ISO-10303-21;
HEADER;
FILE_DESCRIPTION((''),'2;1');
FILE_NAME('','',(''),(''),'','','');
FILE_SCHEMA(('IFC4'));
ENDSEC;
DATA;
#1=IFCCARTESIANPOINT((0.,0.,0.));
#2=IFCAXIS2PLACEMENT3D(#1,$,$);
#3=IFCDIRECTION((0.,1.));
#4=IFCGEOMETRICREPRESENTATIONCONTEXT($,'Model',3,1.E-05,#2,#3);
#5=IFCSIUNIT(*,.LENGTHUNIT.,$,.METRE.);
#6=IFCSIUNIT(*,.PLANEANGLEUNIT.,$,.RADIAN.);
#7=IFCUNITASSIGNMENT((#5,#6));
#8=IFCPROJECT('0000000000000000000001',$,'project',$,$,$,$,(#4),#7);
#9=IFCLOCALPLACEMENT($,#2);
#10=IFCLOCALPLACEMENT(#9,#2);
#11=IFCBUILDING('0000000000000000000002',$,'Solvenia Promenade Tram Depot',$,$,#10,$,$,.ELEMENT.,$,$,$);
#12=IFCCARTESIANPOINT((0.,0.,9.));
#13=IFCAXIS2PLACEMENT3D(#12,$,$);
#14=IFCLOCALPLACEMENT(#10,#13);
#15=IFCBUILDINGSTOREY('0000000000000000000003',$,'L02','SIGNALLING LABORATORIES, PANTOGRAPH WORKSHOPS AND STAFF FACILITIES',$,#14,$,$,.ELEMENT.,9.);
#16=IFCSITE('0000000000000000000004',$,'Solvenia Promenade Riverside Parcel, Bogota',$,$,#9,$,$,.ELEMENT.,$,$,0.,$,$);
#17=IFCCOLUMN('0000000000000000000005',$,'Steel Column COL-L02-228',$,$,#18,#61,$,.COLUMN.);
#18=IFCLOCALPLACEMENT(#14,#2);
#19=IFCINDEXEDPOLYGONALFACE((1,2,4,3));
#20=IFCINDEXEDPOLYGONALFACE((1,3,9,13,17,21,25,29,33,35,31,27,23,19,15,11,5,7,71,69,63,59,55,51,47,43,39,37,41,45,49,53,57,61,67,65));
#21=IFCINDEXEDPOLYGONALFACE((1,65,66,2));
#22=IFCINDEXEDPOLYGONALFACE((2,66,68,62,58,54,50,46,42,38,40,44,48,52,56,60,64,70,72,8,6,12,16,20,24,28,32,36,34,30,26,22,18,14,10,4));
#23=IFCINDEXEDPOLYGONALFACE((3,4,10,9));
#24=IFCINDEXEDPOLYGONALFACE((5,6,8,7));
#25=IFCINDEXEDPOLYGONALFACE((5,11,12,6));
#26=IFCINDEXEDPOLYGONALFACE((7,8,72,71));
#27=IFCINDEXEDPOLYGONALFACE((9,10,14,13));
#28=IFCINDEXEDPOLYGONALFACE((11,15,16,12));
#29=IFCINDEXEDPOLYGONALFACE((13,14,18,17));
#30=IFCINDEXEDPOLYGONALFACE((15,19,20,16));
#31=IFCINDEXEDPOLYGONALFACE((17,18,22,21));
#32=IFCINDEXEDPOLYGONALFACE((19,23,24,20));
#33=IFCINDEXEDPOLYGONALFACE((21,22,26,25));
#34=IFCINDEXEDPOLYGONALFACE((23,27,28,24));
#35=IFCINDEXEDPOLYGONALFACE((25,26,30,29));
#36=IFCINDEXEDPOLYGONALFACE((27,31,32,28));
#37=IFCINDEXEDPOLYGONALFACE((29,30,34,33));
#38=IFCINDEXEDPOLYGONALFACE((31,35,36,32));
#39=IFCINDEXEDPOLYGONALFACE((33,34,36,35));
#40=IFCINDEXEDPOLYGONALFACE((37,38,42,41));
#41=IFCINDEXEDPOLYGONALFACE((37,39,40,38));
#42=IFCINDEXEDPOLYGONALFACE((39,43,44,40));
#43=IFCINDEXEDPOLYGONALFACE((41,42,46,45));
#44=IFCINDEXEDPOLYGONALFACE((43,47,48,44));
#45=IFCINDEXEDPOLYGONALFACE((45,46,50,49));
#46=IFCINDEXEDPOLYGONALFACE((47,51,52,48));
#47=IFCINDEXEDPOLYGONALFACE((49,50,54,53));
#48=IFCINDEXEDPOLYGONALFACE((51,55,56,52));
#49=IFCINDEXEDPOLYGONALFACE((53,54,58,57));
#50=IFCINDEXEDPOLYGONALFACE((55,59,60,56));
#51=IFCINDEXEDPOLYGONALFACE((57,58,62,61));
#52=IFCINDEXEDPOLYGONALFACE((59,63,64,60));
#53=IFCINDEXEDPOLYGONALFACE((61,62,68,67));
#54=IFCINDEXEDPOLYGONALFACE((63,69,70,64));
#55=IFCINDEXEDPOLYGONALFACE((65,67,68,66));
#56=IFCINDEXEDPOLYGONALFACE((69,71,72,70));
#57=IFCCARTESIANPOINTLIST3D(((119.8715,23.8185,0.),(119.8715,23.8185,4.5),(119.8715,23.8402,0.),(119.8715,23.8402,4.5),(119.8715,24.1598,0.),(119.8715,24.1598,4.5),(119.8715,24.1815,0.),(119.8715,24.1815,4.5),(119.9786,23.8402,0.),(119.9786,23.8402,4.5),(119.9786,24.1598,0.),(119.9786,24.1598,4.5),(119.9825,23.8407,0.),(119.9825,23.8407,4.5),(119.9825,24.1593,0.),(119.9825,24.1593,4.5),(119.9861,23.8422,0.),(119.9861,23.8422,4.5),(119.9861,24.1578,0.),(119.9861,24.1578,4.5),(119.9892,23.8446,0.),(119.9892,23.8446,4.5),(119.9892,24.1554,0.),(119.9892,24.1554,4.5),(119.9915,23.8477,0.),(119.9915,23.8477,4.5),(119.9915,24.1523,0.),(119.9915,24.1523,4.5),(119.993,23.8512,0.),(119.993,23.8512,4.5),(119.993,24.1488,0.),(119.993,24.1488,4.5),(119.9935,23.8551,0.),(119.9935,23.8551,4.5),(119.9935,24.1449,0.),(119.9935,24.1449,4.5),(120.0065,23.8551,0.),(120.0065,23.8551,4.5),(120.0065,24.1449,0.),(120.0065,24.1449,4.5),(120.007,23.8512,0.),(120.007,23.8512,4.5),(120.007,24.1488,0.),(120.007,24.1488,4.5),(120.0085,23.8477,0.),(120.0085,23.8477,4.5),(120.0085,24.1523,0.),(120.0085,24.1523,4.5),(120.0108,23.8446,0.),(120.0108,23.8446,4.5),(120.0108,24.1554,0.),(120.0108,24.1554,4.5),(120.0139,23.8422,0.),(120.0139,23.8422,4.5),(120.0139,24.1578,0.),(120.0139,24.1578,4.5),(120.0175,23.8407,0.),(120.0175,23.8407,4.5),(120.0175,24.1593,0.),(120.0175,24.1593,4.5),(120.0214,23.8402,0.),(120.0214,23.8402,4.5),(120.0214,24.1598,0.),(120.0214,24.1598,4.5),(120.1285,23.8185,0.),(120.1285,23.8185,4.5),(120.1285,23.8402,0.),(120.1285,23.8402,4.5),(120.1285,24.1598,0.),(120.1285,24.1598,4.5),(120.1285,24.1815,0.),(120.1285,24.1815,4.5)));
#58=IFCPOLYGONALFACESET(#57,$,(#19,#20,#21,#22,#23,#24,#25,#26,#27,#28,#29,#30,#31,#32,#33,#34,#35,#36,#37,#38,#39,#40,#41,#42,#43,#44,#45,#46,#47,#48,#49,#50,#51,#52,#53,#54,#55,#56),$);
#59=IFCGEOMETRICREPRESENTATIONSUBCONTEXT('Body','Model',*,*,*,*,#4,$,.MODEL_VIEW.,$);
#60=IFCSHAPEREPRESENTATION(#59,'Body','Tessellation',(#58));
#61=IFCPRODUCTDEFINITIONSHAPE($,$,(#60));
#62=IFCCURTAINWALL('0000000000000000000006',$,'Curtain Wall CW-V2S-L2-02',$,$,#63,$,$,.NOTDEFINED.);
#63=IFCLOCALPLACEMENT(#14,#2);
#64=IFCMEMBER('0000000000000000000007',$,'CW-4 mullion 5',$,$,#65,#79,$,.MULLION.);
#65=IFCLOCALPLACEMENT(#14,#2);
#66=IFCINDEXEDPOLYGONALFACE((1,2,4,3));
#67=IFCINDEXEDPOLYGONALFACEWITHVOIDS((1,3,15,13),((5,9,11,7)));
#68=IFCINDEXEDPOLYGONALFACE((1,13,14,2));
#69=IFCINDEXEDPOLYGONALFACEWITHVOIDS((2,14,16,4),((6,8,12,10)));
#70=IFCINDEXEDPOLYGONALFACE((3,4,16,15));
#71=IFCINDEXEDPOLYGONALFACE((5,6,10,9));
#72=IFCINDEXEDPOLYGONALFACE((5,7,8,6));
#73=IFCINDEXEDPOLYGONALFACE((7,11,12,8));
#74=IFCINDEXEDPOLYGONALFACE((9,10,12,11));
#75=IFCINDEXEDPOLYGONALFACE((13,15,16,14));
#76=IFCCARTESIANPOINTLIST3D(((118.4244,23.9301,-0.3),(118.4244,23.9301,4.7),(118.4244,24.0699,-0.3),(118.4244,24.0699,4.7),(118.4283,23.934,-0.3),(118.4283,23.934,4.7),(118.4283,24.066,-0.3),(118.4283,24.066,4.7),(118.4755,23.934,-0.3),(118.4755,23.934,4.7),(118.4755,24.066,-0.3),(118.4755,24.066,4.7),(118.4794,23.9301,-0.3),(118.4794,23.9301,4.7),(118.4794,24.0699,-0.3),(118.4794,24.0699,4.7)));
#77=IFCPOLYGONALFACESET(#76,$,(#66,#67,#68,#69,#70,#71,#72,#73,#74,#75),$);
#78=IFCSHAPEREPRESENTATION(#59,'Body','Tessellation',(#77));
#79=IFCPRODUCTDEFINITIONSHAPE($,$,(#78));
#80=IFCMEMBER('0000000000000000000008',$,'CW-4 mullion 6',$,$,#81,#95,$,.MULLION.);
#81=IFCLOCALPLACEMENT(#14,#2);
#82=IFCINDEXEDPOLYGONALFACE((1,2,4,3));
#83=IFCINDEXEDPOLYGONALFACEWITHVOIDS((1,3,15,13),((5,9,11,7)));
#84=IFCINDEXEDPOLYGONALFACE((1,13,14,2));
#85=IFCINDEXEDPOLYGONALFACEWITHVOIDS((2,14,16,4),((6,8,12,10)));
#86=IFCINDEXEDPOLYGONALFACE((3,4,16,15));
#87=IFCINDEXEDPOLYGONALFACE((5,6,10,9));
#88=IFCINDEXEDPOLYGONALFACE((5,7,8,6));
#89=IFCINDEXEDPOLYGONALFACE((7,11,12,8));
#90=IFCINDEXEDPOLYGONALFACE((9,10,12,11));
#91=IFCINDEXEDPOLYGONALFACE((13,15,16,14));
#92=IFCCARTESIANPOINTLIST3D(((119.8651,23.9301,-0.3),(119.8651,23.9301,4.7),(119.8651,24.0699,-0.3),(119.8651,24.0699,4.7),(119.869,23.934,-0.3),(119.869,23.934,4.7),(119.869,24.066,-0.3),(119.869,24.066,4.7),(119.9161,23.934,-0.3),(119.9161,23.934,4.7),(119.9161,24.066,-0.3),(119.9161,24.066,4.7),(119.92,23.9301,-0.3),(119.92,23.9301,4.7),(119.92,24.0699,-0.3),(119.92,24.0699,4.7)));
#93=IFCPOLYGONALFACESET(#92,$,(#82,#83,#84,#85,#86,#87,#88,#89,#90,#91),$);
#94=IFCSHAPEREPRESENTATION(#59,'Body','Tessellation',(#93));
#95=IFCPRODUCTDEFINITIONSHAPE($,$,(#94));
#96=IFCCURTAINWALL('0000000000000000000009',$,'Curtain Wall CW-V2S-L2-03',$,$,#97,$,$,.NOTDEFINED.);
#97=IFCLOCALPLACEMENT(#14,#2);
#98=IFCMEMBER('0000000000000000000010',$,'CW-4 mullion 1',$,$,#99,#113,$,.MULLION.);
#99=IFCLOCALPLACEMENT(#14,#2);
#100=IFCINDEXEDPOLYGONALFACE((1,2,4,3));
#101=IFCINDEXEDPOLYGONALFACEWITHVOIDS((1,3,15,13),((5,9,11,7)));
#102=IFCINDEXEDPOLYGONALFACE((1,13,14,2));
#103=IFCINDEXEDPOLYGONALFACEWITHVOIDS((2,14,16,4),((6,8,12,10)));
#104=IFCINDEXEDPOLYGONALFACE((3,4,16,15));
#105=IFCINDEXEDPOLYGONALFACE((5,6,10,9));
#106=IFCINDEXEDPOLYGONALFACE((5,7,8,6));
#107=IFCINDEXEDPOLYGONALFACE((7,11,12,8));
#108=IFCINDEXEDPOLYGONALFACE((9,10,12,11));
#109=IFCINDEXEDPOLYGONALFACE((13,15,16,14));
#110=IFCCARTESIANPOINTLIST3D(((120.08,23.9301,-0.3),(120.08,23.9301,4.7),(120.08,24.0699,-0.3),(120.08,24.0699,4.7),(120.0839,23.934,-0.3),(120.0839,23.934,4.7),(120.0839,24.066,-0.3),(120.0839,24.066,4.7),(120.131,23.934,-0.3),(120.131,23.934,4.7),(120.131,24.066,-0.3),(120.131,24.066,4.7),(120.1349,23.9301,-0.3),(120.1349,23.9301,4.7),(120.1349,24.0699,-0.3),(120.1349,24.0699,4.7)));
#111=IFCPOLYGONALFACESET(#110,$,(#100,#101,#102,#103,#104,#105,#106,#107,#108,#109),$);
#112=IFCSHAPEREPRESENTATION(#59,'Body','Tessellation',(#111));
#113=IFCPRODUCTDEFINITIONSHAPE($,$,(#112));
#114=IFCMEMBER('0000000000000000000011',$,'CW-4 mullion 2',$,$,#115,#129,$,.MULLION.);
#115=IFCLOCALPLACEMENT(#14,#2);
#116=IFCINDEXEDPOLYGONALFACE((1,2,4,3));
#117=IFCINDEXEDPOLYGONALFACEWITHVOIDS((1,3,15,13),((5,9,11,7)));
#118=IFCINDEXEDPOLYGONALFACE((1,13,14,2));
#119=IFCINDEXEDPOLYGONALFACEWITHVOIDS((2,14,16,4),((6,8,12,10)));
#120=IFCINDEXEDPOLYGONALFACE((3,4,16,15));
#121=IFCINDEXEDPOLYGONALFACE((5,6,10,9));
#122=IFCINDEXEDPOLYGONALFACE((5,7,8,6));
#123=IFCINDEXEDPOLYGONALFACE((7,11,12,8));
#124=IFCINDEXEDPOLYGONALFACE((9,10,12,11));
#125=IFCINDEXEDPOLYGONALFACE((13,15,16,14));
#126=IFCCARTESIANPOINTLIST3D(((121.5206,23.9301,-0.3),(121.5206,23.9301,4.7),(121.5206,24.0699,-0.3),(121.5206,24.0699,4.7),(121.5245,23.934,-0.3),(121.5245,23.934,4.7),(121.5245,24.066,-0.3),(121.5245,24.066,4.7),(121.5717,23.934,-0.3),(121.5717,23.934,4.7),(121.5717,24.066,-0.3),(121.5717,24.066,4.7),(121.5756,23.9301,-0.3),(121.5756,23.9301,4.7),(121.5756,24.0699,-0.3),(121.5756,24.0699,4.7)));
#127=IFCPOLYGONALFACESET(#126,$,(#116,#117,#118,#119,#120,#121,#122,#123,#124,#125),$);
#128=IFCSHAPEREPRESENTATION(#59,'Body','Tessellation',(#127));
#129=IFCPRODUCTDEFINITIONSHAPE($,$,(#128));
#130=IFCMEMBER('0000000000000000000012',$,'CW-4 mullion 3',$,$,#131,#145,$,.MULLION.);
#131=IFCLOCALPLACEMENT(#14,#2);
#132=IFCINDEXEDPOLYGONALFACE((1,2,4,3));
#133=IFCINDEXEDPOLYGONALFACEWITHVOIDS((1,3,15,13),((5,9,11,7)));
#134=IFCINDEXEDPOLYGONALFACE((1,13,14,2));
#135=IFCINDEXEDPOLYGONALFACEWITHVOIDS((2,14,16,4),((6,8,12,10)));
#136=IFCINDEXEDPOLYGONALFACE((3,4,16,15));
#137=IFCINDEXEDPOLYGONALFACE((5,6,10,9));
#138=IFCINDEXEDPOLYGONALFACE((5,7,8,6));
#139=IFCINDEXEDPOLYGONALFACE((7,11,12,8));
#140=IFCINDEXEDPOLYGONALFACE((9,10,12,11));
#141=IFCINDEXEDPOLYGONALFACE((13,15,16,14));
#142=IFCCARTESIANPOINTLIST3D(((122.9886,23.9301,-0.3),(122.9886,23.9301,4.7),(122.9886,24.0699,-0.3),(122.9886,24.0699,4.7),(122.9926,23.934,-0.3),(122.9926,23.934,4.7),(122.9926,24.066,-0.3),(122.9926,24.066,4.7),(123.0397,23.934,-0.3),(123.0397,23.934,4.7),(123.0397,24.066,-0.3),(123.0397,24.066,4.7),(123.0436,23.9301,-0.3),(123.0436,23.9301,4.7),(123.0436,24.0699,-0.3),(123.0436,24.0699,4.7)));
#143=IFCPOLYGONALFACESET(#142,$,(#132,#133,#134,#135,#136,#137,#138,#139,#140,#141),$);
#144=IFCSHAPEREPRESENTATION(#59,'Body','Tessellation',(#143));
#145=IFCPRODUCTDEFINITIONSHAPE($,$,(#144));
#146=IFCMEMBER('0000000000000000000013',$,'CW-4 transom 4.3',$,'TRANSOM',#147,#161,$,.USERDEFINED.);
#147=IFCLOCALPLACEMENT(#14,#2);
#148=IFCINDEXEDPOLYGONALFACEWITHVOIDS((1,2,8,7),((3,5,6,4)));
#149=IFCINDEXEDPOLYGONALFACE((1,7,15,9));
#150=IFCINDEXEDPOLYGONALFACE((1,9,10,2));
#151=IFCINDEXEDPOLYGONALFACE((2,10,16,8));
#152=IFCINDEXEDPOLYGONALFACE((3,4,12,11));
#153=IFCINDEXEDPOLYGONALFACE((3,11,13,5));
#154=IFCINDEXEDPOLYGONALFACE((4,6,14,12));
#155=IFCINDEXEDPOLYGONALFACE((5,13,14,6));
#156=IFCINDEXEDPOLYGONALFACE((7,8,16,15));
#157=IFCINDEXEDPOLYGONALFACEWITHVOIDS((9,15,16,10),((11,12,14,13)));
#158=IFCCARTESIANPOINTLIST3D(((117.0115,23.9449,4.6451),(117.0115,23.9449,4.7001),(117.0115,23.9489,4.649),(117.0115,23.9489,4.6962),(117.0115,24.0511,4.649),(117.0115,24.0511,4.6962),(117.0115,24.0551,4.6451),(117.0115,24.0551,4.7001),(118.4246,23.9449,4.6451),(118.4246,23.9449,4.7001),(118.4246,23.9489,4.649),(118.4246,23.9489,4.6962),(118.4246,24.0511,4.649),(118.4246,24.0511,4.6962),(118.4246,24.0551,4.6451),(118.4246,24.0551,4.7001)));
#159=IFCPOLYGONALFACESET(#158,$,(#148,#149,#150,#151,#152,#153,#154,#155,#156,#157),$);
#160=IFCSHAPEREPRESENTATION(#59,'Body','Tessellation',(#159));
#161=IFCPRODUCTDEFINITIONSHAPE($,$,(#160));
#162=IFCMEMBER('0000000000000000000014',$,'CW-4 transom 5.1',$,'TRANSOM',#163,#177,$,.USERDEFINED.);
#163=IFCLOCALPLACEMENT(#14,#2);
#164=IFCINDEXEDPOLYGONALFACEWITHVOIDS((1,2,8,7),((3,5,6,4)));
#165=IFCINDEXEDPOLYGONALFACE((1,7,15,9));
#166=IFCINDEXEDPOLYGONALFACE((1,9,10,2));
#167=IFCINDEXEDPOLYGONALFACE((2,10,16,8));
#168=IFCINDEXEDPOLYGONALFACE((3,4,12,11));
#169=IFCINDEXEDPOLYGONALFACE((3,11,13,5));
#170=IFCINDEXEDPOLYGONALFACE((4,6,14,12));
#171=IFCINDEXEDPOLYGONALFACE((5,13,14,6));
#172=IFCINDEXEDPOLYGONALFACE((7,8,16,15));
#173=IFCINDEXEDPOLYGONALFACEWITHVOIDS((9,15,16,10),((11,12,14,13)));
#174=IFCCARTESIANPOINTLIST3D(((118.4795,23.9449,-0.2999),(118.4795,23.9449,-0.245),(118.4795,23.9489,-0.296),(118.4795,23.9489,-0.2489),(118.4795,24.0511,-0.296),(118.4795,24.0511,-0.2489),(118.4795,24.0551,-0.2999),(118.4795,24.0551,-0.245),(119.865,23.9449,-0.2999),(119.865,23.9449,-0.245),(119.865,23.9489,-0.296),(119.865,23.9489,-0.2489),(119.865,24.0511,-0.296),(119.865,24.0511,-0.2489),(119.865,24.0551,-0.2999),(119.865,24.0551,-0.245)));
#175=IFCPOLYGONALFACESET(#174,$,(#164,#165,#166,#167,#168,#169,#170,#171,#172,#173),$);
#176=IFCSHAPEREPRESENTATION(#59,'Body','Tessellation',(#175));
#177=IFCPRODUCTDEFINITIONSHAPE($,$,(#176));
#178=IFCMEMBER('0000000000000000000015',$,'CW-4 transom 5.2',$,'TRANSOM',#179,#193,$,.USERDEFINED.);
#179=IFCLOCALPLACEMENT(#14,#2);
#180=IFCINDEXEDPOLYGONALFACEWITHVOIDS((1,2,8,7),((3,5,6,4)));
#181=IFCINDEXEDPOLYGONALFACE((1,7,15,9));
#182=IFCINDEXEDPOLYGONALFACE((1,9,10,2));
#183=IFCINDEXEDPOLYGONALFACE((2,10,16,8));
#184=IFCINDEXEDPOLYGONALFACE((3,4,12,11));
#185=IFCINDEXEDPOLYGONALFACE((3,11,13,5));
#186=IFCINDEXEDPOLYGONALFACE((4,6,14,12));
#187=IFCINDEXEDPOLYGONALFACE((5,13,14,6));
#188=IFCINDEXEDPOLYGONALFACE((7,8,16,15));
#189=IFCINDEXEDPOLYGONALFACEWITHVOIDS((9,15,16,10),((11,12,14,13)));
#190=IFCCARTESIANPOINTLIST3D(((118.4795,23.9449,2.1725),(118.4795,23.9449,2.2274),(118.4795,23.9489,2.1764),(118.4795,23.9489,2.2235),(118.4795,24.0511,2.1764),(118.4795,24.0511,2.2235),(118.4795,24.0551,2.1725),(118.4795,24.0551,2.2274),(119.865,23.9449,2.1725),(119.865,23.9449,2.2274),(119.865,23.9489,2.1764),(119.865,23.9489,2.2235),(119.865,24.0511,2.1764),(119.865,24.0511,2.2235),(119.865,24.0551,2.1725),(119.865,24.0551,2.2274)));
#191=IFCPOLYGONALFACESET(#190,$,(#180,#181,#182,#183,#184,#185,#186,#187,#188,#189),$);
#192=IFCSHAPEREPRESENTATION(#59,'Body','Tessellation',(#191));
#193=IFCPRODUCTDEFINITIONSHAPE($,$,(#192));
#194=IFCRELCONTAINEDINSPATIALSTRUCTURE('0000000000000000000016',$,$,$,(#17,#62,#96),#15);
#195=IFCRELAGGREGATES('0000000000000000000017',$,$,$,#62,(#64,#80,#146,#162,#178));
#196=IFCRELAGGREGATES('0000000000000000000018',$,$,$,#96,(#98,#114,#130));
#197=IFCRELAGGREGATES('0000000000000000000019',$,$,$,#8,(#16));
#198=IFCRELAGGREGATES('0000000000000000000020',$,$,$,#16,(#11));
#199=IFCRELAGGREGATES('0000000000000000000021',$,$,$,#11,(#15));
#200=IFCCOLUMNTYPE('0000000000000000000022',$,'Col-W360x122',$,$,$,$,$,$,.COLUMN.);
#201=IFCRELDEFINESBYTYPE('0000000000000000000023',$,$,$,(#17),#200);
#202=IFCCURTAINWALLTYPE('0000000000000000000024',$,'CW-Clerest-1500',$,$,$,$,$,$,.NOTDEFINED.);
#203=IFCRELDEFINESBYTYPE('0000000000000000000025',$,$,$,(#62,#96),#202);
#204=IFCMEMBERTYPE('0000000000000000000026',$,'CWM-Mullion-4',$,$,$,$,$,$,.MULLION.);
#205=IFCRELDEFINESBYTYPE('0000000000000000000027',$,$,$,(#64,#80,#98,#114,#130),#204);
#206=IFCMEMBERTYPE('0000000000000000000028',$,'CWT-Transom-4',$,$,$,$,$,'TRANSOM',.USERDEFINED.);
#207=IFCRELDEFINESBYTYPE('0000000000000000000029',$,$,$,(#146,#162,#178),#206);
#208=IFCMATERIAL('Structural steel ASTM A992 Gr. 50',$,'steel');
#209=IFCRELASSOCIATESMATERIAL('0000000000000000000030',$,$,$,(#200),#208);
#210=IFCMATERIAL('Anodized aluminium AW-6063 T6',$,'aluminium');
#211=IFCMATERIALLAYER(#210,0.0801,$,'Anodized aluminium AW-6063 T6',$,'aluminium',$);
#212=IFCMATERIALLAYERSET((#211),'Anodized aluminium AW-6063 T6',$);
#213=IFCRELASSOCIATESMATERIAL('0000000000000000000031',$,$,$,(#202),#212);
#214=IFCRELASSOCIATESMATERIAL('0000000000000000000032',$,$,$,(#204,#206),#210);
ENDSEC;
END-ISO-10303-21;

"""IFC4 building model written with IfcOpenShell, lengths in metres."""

from ifc_helpers import new_model, si_unit, direction, frame, origin, origin_2d, place, context, subcontext, project, spatial, hollow_rectangle, i_section, extrude, material, layer, layer_set, material_profile, profile_set, type_object, element, aggregate, save


model = new_model("IFC4")

# Units and contexts
model_context = context("Model", 3, precision=1e-05, world=origin(), true_north=direction((0.0, 1.0)))
body_context = subcontext(model_context, "Body", "Model", "MODEL_VIEW")
ifc_project = project(units=[si_unit("LENGTHUNIT", "METRE"), si_unit("PLANEANGLEUNIT", "RADIAN")], contexts=[model_context])

# Site, building, storey
site_placement = place(None, origin())
site = spatial("IfcSite", under=ifc_project, at=site_placement, Name="Solvenia Promenade Riverside Parcel, Bogota", CompositionType="ELEMENT", RefElevation=0.0)
building_placement = place(site_placement, origin())
building = spatial("IfcBuilding", under=site, at=building_placement, Name="Solvenia Promenade Tram Depot", CompositionType="ELEMENT")
storey_placement = place(building_placement, frame((0.0, 0.0, 9.0)))
storey = spatial("IfcBuildingStorey", under=building, at=storey_placement, Name="L02", Description="SIGNALLING LABORATORIES, PANTOGRAPH WORKSHOPS AND STAFF FACILITIES", CompositionType="ELEMENT", Elevation=9.0)

# Column
ifc_material_1 = material(Name="Structural steel ASTM A992 Gr. 50", Category="steel")
ifc_material_profile_1 = material_profile(ifc_material_1, i_section(OverallWidth=0.2571, OverallDepth=0.363, WebThickness=0.0129, FlangeThickness=0.0217, FilletRadius=0.0149, at=origin_2d()), Name="W360x122", Category="steel")
ifc_profile_set_1 = profile_set([ifc_material_profile_1], Name="Structural steel ASTM A992 Gr. 50")
column_type = type_object("IfcColumnType", Name="Col-W360x122", PredefinedType="COLUMN", material=ifc_profile_set_1)
column_placement = place(storey_placement, frame((120.0, 24.0, 0.0), z_axis=(0.0, 0.0, 1.0), x_axis=(1.0, 0.0, 0.0)))
element("IfcColumn", 1, at=column_placement, inside=storey, type_object=column_type, Name="Steel Column COL-L02-228", PredefinedType="COLUMN", context=body_context, shape_type="SweptSolid", body=[
    extrude(i_section(OverallWidth=0.2571, OverallDepth=0.363, WebThickness=0.0129, FlangeThickness=0.0217, FilletRadius=0.0149, at=origin_2d()), origin(), (0.0, 0.0, 1.0), 4.5),
])

# Curtain walls, members
ifc_material_2 = material(Name="Anodized aluminium AW-6063 T6", Category="aluminium")
ifc_layer_1 = layer(ifc_material_2, 0.0801, Name="Anodized aluminium AW-6063 T6", Category="aluminium")
ifc_layer_set_1 = layer_set([ifc_layer_1], Name="Anodized aluminium AW-6063 T6")
curtain_wall_type = type_object("IfcCurtainWallType", Name="CW-Clerest-1500", PredefinedType="NOTDEFINED", material=ifc_layer_set_1)
curtain_wall_1_placement = place(storey_placement, origin())
curtain_wall_1 = element("IfcCurtainWall", 2, at=curtain_wall_1_placement, inside=storey, type_object=curtain_wall_type, Name="Curtain Wall CW-V2S-L2-02", PredefinedType="NOTDEFINED")
ifc_material_profile_2 = material_profile(ifc_material_2, hollow_rectangle(XDim=0.1399, YDim=0.0549, WallThickness=0.0039, at=origin_2d()), Name="ALU-M4", Category="aluminium")
ifc_profile_set_2 = profile_set([ifc_material_profile_2], Name="Anodized aluminium AW-6063 T6")
member_type_1 = type_object("IfcMemberType", Name="CWM-Mullion-4", PredefinedType="MULLION", material=ifc_profile_set_2)
member_1_placement = place(storey_placement, frame((118.4519, 24.0, -0.3), z_axis=(0.0, 0.0, 1.0), x_axis=(0.0, 1.0, 0.0)))
member_1 = element("IfcMember", 3, at=member_1_placement, type_object=member_type_1, Name="CW-4 mullion 5", PredefinedType="MULLION", context=body_context, shape_type="SweptSolid", body=[
    extrude(hollow_rectangle(XDim=0.1399, YDim=0.0549, WallThickness=0.0039, at=origin_2d()), origin(), (0.0, 0.0, 1.0), 5.0),
])
member_2_placement = place(storey_placement, frame((119.8926, 24.0, -0.3), z_axis=(0.0, 0.0, 1.0), x_axis=(0.0, 1.0, 0.0)))
member_2 = element("IfcMember", 4, at=member_2_placement, type_object=member_type_1, Name="CW-4 mullion 6", PredefinedType="MULLION", context=body_context, shape_type="SweptSolid", body=[
    extrude(hollow_rectangle(XDim=0.1399, YDim=0.0549, WallThickness=0.0039, at=origin_2d()), origin(), (0.0, 0.0, 1.0), 5.0),
])
curtain_wall_2_placement = place(storey_placement, origin())
curtain_wall_2 = element("IfcCurtainWall", 5, at=curtain_wall_2_placement, inside=storey, type_object=curtain_wall_type, Name="Curtain Wall CW-V2S-L2-03", PredefinedType="NOTDEFINED")
member_3_placement = place(storey_placement, frame((120.1074, 24.0, -0.3), z_axis=(0.0, 0.0, 1.0), x_axis=(0.0, 1.0, 0.0)))
member_3 = element("IfcMember", 6, at=member_3_placement, type_object=member_type_1, Name="CW-4 mullion 1", PredefinedType="MULLION", context=body_context, shape_type="SweptSolid", body=[
    extrude(hollow_rectangle(XDim=0.1399, YDim=0.0549, WallThickness=0.0039, at=origin_2d()), origin(), (0.0, 0.0, 1.0), 5.0),
])
member_4_placement = place(storey_placement, frame((121.5481, 24.0, -0.3), z_axis=(0.0, 0.0, 1.0), x_axis=(0.0, 1.0, 0.0)))
member_4 = element("IfcMember", 7, at=member_4_placement, type_object=member_type_1, Name="CW-4 mullion 2", PredefinedType="MULLION", context=body_context, shape_type="SweptSolid", body=[
    extrude(hollow_rectangle(XDim=0.1399, YDim=0.0549, WallThickness=0.0039, at=origin_2d()), origin(), (0.0, 0.0, 1.0), 5.0),
])
member_5_placement = place(storey_placement, frame((123.0161, 24.0, -0.3), z_axis=(0.0, 0.0, 1.0), x_axis=(0.0, 1.0, 0.0)))
member_5 = element("IfcMember", 8, at=member_5_placement, type_object=member_type_1, Name="CW-4 mullion 3", PredefinedType="MULLION", context=body_context, shape_type="SweptSolid", body=[
    extrude(hollow_rectangle(XDim=0.1399, YDim=0.0549, WallThickness=0.0039, at=origin_2d()), origin(), (0.0, 0.0, 1.0), 5.0),
])

# Members
ifc_material_profile_3 = material_profile(ifc_material_2, hollow_rectangle(XDim=0.1101, YDim=0.0549, WallThickness=0.0039, at=origin_2d()), Name="ALU-T4", Category="aluminium")
ifc_profile_set_3 = profile_set([ifc_material_profile_3], Name="Anodized aluminium AW-6063 T6")
member_type_2 = type_object("IfcMemberType", Name="CWT-Transom-4", ElementType="TRANSOM", PredefinedType="USERDEFINED", material=ifc_profile_set_3)
member_6_placement = place(storey_placement, frame((117.0115, 24.0, 4.6726), z_axis=(1.0, 0.0, 0.0), x_axis=(0.0, 1.0, 0.0)))
member_6 = element("IfcMember", 9, at=member_6_placement, type_object=member_type_2, Name="CW-4 transom 4.3", ObjectType="TRANSOM", PredefinedType="USERDEFINED", context=body_context, shape_type="SweptSolid", body=[
    extrude(hollow_rectangle(XDim=0.1101, YDim=0.0549, WallThickness=0.0039, at=origin_2d()), origin(), (0.0, 0.0, 1.0), 1.4131),
])
member_7_placement = place(storey_placement, frame((118.4795, 24.0, -0.2725), z_axis=(1.0, 0.0, 0.0), x_axis=(0.0, 1.0, 0.0)))
member_7 = element("IfcMember", 10, at=member_7_placement, type_object=member_type_2, Name="CW-4 transom 5.1", ObjectType="TRANSOM", PredefinedType="USERDEFINED", context=body_context, shape_type="SweptSolid", body=[
    extrude(hollow_rectangle(XDim=0.1101, YDim=0.0549, WallThickness=0.0039, at=origin_2d()), origin(), (0.0, 0.0, 1.0), 1.3855),
])
member_8_placement = place(storey_placement, frame((118.4795, 24.0, 2.2), z_axis=(1.0, 0.0, 0.0), x_axis=(0.0, 1.0, 0.0)))
member_8 = element("IfcMember", 11, at=member_8_placement, type_object=member_type_2, Name="CW-4 transom 5.2", ObjectType="TRANSOM", PredefinedType="USERDEFINED", context=body_context, shape_type="SweptSolid", body=[
    extrude(hollow_rectangle(XDim=0.1101, YDim=0.0549, WallThickness=0.0039, at=origin_2d()), origin(), (0.0, 0.0, 1.0), 1.3855),
])

aggregate(curtain_wall_1, [member_1, member_2, member_6, member_7, member_8])
aggregate(curtain_wall_2, [member_3, member_4, member_5])

save(model, "model.ifc")
